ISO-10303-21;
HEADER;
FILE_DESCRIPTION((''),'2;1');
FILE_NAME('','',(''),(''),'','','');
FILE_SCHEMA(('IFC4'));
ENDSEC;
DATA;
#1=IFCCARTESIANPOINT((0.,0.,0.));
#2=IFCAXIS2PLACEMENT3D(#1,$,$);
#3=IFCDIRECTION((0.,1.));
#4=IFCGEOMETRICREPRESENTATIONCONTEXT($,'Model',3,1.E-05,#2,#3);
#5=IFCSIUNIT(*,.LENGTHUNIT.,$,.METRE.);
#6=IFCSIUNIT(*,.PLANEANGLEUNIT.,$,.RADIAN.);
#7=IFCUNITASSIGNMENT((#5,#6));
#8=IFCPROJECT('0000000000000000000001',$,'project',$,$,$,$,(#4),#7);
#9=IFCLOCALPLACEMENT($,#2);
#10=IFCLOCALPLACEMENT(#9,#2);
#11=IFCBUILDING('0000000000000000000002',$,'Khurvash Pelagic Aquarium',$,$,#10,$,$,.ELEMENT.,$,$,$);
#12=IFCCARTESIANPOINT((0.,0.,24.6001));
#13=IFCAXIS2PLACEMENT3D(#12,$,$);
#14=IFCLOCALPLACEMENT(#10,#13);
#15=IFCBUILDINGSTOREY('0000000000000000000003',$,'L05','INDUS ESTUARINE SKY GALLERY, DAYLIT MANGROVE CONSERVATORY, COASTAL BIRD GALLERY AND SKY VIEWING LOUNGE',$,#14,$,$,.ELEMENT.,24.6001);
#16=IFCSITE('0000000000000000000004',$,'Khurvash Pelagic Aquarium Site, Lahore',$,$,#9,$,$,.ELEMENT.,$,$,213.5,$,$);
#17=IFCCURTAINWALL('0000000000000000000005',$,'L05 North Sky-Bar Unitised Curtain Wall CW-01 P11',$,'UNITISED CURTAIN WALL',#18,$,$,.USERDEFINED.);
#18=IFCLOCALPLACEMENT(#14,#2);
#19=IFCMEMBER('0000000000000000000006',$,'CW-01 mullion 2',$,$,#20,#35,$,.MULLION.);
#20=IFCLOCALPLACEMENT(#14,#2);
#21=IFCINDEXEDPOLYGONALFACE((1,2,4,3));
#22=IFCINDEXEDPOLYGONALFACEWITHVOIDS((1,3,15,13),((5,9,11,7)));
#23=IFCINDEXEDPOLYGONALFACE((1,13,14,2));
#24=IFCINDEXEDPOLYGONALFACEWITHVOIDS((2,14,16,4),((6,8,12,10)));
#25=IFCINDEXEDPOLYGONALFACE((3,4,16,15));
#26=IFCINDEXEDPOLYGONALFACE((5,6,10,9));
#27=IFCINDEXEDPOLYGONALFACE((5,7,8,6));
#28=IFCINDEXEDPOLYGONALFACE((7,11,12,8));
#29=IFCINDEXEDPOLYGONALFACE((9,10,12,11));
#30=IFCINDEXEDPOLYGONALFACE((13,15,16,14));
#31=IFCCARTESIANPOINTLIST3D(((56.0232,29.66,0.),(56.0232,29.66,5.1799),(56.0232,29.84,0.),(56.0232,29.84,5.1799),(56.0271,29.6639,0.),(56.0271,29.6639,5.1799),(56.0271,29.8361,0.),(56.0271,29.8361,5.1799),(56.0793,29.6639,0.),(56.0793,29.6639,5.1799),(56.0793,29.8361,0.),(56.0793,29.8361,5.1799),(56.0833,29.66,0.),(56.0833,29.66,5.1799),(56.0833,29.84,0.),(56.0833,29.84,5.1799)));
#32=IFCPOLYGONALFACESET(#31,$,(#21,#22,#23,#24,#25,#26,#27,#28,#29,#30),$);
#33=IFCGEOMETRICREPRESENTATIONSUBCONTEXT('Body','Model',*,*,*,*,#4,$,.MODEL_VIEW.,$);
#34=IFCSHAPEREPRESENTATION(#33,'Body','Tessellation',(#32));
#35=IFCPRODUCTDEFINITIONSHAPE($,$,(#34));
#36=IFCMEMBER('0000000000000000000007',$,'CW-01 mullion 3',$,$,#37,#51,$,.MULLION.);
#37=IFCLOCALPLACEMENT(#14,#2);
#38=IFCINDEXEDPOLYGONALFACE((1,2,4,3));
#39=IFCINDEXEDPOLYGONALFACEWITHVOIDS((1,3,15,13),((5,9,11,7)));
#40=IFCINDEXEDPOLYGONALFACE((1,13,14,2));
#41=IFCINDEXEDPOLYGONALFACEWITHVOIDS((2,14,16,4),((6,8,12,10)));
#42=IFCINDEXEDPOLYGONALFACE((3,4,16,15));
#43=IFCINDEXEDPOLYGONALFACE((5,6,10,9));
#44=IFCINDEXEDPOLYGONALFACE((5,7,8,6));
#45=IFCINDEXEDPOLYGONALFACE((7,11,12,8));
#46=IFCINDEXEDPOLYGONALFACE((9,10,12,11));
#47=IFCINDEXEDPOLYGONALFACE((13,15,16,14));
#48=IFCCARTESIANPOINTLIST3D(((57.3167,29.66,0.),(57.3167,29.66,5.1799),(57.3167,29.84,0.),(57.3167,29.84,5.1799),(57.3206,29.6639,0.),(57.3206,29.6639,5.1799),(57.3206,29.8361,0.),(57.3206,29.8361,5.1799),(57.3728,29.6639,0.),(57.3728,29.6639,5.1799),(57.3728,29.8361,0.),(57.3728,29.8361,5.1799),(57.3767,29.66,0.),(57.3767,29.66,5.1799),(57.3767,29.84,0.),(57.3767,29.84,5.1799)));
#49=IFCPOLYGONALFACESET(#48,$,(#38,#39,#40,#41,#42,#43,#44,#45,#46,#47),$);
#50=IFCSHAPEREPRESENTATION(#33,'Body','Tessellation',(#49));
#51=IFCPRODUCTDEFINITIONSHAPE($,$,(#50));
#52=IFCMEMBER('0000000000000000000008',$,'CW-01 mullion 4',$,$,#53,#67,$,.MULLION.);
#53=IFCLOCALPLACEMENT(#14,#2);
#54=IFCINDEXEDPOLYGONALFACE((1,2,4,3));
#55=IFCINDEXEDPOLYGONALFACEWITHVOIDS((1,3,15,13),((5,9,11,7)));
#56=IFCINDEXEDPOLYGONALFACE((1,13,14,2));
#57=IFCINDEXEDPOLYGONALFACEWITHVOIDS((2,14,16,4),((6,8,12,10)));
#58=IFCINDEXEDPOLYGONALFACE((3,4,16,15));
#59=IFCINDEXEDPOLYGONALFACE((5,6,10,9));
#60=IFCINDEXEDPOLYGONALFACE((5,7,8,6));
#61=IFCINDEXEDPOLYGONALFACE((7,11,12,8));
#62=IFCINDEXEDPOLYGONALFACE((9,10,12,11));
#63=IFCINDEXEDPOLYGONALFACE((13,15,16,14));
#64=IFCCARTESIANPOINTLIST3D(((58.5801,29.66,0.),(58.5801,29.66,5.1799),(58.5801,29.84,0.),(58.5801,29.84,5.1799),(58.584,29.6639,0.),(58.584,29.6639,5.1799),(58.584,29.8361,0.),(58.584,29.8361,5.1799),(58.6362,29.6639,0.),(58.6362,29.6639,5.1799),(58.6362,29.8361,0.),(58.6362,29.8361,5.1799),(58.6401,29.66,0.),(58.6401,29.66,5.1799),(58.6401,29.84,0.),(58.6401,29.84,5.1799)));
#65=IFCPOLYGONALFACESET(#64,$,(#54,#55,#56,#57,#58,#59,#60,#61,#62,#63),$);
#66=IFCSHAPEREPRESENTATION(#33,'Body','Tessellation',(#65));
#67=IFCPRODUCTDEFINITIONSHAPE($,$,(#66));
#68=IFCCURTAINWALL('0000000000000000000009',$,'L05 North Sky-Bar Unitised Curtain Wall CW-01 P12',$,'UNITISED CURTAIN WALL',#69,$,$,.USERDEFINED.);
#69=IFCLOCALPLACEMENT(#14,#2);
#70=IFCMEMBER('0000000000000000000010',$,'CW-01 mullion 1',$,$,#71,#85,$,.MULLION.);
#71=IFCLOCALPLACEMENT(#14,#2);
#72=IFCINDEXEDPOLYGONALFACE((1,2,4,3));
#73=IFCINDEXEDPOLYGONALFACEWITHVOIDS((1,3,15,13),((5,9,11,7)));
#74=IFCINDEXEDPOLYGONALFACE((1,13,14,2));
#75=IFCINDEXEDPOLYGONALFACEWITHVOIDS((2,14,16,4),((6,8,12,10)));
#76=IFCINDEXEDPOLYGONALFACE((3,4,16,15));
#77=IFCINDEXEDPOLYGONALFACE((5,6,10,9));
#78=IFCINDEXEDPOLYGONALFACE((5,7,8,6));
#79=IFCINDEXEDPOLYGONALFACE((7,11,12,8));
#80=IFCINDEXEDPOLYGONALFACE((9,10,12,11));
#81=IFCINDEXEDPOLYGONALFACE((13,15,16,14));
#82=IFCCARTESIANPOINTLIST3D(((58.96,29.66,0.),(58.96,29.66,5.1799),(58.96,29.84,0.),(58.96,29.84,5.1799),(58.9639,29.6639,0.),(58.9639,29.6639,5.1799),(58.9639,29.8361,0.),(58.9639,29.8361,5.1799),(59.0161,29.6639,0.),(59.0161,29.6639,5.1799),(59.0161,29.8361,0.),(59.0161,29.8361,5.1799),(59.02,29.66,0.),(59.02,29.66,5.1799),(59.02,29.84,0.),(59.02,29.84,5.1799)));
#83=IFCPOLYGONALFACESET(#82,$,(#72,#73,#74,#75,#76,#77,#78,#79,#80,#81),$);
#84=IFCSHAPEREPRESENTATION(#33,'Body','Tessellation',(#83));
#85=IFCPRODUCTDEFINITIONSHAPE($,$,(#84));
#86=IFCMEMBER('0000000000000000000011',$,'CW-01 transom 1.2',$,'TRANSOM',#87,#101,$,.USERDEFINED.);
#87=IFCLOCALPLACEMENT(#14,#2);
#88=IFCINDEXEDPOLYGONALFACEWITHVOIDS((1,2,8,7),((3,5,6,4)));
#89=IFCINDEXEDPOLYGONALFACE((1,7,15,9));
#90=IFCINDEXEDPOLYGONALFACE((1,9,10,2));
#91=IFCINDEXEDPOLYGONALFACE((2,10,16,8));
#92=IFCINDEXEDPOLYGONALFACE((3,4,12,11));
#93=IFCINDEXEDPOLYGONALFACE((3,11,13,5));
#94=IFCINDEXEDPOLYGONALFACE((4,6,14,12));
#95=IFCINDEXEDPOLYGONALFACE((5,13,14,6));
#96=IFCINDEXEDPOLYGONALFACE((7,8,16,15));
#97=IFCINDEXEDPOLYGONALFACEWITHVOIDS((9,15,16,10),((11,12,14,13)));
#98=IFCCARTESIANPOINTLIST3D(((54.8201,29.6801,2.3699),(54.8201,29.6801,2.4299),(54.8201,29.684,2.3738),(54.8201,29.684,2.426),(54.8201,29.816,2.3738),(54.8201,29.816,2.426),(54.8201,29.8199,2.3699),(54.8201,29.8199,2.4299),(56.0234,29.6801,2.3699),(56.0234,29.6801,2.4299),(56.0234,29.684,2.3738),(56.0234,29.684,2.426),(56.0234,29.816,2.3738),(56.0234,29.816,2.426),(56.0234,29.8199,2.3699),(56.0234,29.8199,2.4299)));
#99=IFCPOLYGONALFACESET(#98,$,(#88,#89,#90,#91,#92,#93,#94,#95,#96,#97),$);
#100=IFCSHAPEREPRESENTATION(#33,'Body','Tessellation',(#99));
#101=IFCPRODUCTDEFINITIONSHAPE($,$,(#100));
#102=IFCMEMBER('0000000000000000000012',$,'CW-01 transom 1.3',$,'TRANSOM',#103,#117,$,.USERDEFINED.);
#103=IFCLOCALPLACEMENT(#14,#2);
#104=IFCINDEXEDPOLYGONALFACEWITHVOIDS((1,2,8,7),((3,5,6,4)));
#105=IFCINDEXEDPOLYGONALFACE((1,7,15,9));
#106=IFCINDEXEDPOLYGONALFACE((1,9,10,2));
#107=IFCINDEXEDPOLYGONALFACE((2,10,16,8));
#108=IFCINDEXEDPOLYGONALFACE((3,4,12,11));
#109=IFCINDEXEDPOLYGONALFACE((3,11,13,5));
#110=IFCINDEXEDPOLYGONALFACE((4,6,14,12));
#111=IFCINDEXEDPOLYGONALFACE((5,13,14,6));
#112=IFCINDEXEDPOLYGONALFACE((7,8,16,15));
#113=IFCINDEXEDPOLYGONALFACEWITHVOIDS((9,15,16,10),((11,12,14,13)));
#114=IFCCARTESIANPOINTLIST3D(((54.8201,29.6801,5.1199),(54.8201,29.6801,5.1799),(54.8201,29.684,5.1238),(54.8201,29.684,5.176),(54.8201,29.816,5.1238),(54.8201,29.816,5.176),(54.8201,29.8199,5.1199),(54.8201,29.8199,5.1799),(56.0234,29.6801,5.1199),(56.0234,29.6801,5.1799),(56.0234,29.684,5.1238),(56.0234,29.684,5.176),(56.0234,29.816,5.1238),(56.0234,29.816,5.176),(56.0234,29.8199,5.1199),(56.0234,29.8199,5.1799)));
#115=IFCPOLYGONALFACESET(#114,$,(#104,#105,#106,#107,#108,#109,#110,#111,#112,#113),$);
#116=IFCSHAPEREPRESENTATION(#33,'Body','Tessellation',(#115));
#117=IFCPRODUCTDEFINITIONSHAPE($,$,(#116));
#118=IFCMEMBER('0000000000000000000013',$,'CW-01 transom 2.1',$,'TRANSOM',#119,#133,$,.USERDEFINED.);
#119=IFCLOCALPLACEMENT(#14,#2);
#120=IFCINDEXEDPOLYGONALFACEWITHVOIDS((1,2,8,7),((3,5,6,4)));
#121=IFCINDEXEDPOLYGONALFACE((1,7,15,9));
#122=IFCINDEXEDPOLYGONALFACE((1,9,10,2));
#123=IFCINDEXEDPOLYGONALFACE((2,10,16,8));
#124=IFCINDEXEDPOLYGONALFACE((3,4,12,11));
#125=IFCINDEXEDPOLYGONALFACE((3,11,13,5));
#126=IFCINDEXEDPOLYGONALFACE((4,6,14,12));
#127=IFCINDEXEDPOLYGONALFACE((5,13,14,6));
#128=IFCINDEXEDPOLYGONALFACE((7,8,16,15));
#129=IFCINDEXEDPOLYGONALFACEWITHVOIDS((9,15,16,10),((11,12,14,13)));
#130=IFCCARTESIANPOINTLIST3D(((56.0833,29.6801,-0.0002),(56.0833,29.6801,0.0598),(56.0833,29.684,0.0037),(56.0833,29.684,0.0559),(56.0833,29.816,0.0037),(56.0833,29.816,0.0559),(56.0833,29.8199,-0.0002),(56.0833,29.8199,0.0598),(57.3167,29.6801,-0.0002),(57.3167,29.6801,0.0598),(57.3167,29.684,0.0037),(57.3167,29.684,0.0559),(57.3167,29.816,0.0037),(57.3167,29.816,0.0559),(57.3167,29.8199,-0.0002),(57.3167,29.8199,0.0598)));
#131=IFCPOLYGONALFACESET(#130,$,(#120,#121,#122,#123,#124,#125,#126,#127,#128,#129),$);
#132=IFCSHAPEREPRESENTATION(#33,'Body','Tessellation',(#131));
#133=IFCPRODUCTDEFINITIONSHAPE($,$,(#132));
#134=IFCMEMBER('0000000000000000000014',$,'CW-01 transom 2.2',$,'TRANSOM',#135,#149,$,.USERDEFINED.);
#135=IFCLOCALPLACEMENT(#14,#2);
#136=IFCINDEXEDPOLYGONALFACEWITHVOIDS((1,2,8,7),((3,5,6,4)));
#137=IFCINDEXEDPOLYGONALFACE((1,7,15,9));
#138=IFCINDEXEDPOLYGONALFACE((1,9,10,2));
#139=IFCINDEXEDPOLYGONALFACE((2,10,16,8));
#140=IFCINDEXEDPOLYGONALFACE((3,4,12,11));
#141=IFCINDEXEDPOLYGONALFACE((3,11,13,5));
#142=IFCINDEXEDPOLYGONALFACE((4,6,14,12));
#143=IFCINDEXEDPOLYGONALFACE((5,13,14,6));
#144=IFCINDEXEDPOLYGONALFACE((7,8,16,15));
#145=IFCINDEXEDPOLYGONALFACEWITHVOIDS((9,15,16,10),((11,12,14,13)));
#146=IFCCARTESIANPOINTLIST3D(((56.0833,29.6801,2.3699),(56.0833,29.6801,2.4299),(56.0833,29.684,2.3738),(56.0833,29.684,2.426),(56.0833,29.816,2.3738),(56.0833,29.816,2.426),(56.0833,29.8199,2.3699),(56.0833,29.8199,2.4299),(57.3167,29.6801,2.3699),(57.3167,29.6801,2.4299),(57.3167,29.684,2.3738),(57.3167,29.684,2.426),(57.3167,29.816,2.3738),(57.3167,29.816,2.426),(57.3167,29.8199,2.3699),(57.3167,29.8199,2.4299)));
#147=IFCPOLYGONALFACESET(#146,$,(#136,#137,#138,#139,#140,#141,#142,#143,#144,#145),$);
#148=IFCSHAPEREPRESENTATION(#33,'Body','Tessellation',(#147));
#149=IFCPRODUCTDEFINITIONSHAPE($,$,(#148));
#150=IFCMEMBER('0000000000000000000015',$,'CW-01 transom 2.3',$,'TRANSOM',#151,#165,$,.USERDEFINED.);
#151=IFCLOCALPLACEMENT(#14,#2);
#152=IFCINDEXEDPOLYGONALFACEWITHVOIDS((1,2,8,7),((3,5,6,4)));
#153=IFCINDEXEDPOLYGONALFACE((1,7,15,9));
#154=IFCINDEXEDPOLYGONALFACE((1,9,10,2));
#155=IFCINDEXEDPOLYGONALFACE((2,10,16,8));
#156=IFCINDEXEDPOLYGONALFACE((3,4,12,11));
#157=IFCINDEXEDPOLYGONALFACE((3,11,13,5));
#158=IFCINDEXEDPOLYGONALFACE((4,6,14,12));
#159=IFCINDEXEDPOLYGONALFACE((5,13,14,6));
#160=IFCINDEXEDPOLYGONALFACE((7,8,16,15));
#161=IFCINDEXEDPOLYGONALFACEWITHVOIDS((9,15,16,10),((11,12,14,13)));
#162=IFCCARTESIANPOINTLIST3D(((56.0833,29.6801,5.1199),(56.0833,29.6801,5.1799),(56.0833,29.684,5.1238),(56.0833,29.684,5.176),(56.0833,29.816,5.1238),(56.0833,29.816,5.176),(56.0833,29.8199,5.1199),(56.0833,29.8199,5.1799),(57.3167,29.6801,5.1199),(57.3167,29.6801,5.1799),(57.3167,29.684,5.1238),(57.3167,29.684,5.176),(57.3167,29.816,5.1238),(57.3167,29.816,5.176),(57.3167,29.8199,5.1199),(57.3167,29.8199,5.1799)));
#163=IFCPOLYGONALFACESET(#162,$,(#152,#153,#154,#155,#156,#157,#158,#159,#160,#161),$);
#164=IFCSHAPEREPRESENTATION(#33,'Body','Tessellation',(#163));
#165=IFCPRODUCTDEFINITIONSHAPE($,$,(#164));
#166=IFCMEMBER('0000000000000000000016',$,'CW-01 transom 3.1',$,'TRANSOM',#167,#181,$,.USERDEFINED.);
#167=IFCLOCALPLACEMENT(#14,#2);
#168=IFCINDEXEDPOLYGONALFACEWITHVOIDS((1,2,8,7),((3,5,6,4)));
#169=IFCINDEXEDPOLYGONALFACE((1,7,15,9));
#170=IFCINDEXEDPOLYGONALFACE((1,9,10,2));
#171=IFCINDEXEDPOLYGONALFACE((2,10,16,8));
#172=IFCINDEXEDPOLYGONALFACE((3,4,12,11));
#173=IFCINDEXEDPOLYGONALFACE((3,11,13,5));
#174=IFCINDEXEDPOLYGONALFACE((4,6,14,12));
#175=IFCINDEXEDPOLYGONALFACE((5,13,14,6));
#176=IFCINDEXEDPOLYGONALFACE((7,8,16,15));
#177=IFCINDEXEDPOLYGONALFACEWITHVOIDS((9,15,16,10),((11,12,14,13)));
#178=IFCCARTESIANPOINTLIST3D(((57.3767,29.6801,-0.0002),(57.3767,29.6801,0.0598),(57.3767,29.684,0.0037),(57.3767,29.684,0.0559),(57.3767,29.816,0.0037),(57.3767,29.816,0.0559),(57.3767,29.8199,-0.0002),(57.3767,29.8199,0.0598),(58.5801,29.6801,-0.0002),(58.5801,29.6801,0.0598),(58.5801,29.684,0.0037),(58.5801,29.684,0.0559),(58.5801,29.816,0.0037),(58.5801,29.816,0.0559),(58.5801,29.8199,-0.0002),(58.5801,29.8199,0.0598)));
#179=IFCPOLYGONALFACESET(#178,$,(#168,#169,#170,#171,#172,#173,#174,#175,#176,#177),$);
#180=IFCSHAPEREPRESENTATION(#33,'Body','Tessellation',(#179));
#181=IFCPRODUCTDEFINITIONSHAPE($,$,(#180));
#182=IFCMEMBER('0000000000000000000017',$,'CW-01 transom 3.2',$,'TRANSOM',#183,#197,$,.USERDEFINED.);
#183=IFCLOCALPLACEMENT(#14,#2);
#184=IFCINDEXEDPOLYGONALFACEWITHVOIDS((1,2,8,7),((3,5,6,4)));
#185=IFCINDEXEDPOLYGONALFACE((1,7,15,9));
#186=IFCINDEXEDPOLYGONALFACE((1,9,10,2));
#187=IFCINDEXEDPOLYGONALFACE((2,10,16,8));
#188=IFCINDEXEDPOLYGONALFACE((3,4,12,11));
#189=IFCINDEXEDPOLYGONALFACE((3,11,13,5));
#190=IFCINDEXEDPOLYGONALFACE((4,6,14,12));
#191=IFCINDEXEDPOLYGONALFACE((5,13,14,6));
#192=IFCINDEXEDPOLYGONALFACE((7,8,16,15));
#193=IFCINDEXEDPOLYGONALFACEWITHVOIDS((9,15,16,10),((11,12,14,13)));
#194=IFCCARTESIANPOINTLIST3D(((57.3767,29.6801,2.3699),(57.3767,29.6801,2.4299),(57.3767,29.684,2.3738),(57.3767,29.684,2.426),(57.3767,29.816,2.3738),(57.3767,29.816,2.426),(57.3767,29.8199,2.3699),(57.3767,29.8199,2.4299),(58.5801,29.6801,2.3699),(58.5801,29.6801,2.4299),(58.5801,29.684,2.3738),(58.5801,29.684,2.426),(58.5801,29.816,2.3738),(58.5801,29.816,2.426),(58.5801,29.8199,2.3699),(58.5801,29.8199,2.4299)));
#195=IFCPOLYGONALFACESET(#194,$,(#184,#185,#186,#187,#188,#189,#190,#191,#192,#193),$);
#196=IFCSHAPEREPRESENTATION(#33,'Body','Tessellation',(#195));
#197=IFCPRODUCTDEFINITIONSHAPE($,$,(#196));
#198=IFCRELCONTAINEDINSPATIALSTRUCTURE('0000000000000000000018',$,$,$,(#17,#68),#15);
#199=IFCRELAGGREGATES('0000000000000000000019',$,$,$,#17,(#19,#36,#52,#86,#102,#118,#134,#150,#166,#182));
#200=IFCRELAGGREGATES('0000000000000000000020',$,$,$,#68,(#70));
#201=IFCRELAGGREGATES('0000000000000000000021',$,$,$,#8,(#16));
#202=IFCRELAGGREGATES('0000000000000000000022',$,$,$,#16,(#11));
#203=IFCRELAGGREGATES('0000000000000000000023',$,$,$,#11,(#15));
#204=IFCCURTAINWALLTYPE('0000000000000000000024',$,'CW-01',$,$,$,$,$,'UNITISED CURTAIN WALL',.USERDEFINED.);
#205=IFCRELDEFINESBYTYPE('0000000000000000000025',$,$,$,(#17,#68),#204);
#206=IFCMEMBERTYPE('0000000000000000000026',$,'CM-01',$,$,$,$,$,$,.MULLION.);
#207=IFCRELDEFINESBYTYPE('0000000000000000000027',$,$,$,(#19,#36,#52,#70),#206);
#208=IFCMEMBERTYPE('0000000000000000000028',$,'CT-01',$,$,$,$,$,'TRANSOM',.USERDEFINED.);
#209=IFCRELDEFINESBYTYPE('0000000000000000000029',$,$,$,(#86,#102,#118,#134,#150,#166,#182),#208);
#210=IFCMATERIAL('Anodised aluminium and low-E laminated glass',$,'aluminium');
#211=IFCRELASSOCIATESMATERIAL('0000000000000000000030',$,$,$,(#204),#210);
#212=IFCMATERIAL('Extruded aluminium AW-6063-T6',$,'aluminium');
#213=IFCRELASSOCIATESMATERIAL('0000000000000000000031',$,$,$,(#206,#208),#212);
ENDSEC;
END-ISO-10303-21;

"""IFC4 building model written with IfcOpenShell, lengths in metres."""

from ifc_helpers import new_model, si_unit, direction, frame, origin, origin_2d, place, context, subcontext, project, spatial, hollow_rectangle, extrude, material, material_profile, profile_set, type_object, element, aggregate, save


model = new_model("IFC4")

# Units and contexts
model_context = context("Model", 3, precision=1e-05, world=origin(), true_north=direction((0.0, 1.0)))
body_context = subcontext(model_context, "Body", "Model", "MODEL_VIEW")
ifc_project = project(units=[si_unit("LENGTHUNIT", "METRE"), si_unit("PLANEANGLEUNIT", "RADIAN")], contexts=[model_context])

# Site, building, storey
site_placement = place(None, origin())
site = spatial("IfcSite", under=ifc_project, at=site_placement, Name="Khurvash Pelagic Aquarium Site, Lahore", CompositionType="ELEMENT", RefElevation=213.5)
building_placement = place(site_placement, origin())
building = spatial("IfcBuilding", under=site, at=building_placement, Name="Khurvash Pelagic Aquarium", CompositionType="ELEMENT")
storey_placement = place(building_placement, frame((0.0, 0.0, 24.6001)))
storey = spatial("IfcBuildingStorey", under=building, at=storey_placement, Name="L05", Description="INDUS ESTUARINE SKY GALLERY, DAYLIT MANGROVE CONSERVATORY, COASTAL BIRD GALLERY AND SKY VIEWING LOUNGE", CompositionType="ELEMENT", Elevation=24.6001)

# Curtain wall, members
ifc_material_1 = material(Name="Anodised aluminium and low-E laminated glass", Category="aluminium")
curtain_wall_type = type_object("IfcCurtainWallType", Name="CW-01", ElementType="UNITISED CURTAIN WALL", PredefinedType="USERDEFINED", material=ifc_material_1)
curtain_wall_1_placement = place(storey_placement, origin())
curtain_wall_1 = element("IfcCurtainWall", 1, at=curtain_wall_1_placement, inside=storey, type_object=curtain_wall_type, Name="L05 North Sky-Bar Unitised Curtain Wall CW-01 P11", ObjectType="UNITISED CURTAIN WALL", PredefinedType="USERDEFINED")
ifc_material_2 = material(Name="Extruded aluminium AW-6063-T6", Category="aluminium")
ifc_material_profile_1 = material_profile(ifc_material_2, hollow_rectangle(XDim=0.0601, YDim=0.1799, WallThickness=0.0039, at=origin_2d()), Name="CWM60X180X4")
ifc_profile_set_1 = profile_set([ifc_material_profile_1], Name="Extruded aluminium AW-6063-T6")
member_type_1 = type_object("IfcMemberType", Name="CM-01", PredefinedType="MULLION", material=ifc_profile_set_1)
member_1_placement = place(storey_placement, frame((56.0532, 29.75, 0.0), z_axis=(0.0, 0.0, 1.0), x_axis=(1.0, 0.0, 0.0)))
member_1 = element("IfcMember", 2, at=member_1_placement, type_object=member_type_1, Name="CW-01 mullion 2", PredefinedType="MULLION", context=body_context, shape_type="SweptSolid", body=[
    extrude(hollow_rectangle(XDim=0.0601, YDim=0.1799, WallThickness=0.0039, at=origin_2d()), origin(), (0.0, 0.0, 1.0), 5.1799),
])
member_2_placement = place(storey_placement, frame((57.3467, 29.75, 0.0), z_axis=(0.0, 0.0, 1.0), x_axis=(1.0, 0.0, 0.0)))
member_2 = element("IfcMember", 3, at=member_2_placement, type_object=member_type_1, Name="CW-01 mullion 3", PredefinedType="MULLION", context=body_context, shape_type="SweptSolid", body=[
    extrude(hollow_rectangle(XDim=0.0601, YDim=0.1799, WallThickness=0.0039, at=origin_2d()), origin(), (0.0, 0.0, 1.0), 5.1799),
])
member_3_placement = place(storey_placement, frame((58.6101, 29.75, 0.0), z_axis=(0.0, 0.0, 1.0), x_axis=(1.0, 0.0, 0.0)))
member_3 = element("IfcMember", 4, at=member_3_placement, type_object=member_type_1, Name="CW-01 mullion 4", PredefinedType="MULLION", context=body_context, shape_type="SweptSolid", body=[
    extrude(hollow_rectangle(XDim=0.0601, YDim=0.1799, WallThickness=0.0039, at=origin_2d()), origin(), (0.0, 0.0, 1.0), 5.1799),
])

# Curtain wall, member
curtain_wall_2_placement = place(storey_placement, origin())
curtain_wall_2 = element("IfcCurtainWall", 5, at=curtain_wall_2_placement, inside=storey, type_object=curtain_wall_type, Name="L05 North Sky-Bar Unitised Curtain Wall CW-01 P12", ObjectType="UNITISED CURTAIN WALL", PredefinedType="USERDEFINED")
member_4_placement = place(storey_placement, frame((58.99, 29.75, 0.0), z_axis=(0.0, 0.0, 1.0), x_axis=(1.0, 0.0, 0.0)))
member_4 = element("IfcMember", 6, at=member_4_placement, type_object=member_type_1, Name="CW-01 mullion 1", PredefinedType="MULLION", context=body_context, shape_type="SweptSolid", body=[
    extrude(hollow_rectangle(XDim=0.0601, YDim=0.1799, WallThickness=0.0039, at=origin_2d()), origin(), (0.0, 0.0, 1.0), 5.1799),
])

# Members
ifc_material_profile_2 = material_profile(ifc_material_2, hollow_rectangle(XDim=0.1399, YDim=0.0601, WallThickness=0.0039, at=origin_2d()), Name="CWT140X60X4")
ifc_profile_set_2 = profile_set([ifc_material_profile_2], Name="Extruded aluminium AW-6063-T6")
member_type_2 = type_object("IfcMemberType", Name="CT-01", ElementType="TRANSOM", PredefinedType="USERDEFINED", material=ifc_profile_set_2)
member_5_placement = place(storey_placement, frame((54.8201, 29.75, 2.3999), z_axis=(1.0, 0.0, 0.0), x_axis=(0.0, 1.0, 0.0)))
member_5 = element("IfcMember", 7, at=member_5_placement, type_object=member_type_2, Name="CW-01 transom 1.2", ObjectType="TRANSOM", PredefinedType="USERDEFINED", context=body_context, shape_type="SweptSolid", body=[
    extrude(hollow_rectangle(XDim=0.1399, YDim=0.0601, WallThickness=0.0039, at=origin_2d()), origin(), (0.0, 0.0, 1.0), 1.2034),
])
member_6_placement = place(storey_placement, frame((54.8201, 29.75, 5.1499), z_axis=(1.0, 0.0, 0.0), x_axis=(0.0, 1.0, 0.0)))
member_6 = element("IfcMember", 8, at=member_6_placement, type_object=member_type_2, Name="CW-01 transom 1.3", ObjectType="TRANSOM", PredefinedType="USERDEFINED", context=body_context, shape_type="SweptSolid", body=[
    extrude(hollow_rectangle(XDim=0.1399, YDim=0.0601, WallThickness=0.0039, at=origin_2d()), origin(), (0.0, 0.0, 1.0), 1.2034),
])
member_7_placement = place(storey_placement, frame((56.0833, 29.75, 0.0298), z_axis=(1.0, 0.0, 0.0), x_axis=(0.0, 1.0, 0.0)))
member_7 = element("IfcMember", 9, at=member_7_placement, type_object=member_type_2, Name="CW-01 transom 2.1", ObjectType="TRANSOM", PredefinedType="USERDEFINED", context=body_context, shape_type="SweptSolid", body=[
    extrude(hollow_rectangle(XDim=0.1399, YDim=0.0601, WallThickness=0.0039, at=origin_2d()), origin(), (0.0, 0.0, 1.0), 1.2334),
])
member_8_placement = place(storey_placement, frame((56.0833, 29.75, 2.3999), z_axis=(1.0, 0.0, 0.0), x_axis=(0.0, 1.0, 0.0)))
member_8 = element("IfcMember", 10, at=member_8_placement, type_object=member_type_2, Name="CW-01 transom 2.2", ObjectType="TRANSOM", PredefinedType="USERDEFINED", context=body_context, shape_type="SweptSolid", body=[
    extrude(hollow_rectangle(XDim=0.1399, YDim=0.0601, WallThickness=0.0039, at=origin_2d()), origin(), (0.0, 0.0, 1.0), 1.2334),
])
member_9_placement = place(storey_placement, frame((56.0833, 29.75, 5.1499), z_axis=(1.0, 0.0, 0.0), x_axis=(0.0, 1.0, 0.0)))
member_9 = element("IfcMember", 11, at=member_9_placement, type_object=member_type_2, Name="CW-01 transom 2.3", ObjectType="TRANSOM", PredefinedType="USERDEFINED", context=body_context, shape_type="SweptSolid", body=[
    extrude(hollow_rectangle(XDim=0.1399, YDim=0.0601, WallThickness=0.0039, at=origin_2d()), origin(), (0.0, 0.0, 1.0), 1.2334),
])
member_10_placement = place(storey_placement, frame((57.3767, 29.75, 0.0298), z_axis=(1.0, 0.0, 0.0), x_axis=(0.0, 1.0, 0.0)))
member_10 = element("IfcMember", 12, at=member_10_placement, type_object=member_type_2, Name="CW-01 transom 3.1", ObjectType="TRANSOM", PredefinedType="USERDEFINED", context=body_context, shape_type="SweptSolid", body=[
    extrude(hollow_rectangle(XDim=0.1399, YDim=0.0601, WallThickness=0.0039, at=origin_2d()), origin(), (0.0, 0.0, 1.0), 1.2034),
])
member_11_placement = place(storey_placement, frame((57.3767, 29.75, 2.3999), z_axis=(1.0, 0.0, 0.0), x_axis=(0.0, 1.0, 0.0)))
member_11 = element("IfcMember", 13, at=member_11_placement, type_object=member_type_2, Name="CW-01 transom 3.2", ObjectType="TRANSOM", PredefinedType="USERDEFINED", context=body_context, shape_type="SweptSolid", body=[
    extrude(hollow_rectangle(XDim=0.1399, YDim=0.0601, WallThickness=0.0039, at=origin_2d()), origin(), (0.0, 0.0, 1.0), 1.2034),
])

aggregate(curtain_wall_1, [member_1, member_2, member_3, member_5, member_6, member_7, member_8, member_9, member_10, member_11])
aggregate(curtain_wall_2, [member_4])

save(model, "model.ifc")
